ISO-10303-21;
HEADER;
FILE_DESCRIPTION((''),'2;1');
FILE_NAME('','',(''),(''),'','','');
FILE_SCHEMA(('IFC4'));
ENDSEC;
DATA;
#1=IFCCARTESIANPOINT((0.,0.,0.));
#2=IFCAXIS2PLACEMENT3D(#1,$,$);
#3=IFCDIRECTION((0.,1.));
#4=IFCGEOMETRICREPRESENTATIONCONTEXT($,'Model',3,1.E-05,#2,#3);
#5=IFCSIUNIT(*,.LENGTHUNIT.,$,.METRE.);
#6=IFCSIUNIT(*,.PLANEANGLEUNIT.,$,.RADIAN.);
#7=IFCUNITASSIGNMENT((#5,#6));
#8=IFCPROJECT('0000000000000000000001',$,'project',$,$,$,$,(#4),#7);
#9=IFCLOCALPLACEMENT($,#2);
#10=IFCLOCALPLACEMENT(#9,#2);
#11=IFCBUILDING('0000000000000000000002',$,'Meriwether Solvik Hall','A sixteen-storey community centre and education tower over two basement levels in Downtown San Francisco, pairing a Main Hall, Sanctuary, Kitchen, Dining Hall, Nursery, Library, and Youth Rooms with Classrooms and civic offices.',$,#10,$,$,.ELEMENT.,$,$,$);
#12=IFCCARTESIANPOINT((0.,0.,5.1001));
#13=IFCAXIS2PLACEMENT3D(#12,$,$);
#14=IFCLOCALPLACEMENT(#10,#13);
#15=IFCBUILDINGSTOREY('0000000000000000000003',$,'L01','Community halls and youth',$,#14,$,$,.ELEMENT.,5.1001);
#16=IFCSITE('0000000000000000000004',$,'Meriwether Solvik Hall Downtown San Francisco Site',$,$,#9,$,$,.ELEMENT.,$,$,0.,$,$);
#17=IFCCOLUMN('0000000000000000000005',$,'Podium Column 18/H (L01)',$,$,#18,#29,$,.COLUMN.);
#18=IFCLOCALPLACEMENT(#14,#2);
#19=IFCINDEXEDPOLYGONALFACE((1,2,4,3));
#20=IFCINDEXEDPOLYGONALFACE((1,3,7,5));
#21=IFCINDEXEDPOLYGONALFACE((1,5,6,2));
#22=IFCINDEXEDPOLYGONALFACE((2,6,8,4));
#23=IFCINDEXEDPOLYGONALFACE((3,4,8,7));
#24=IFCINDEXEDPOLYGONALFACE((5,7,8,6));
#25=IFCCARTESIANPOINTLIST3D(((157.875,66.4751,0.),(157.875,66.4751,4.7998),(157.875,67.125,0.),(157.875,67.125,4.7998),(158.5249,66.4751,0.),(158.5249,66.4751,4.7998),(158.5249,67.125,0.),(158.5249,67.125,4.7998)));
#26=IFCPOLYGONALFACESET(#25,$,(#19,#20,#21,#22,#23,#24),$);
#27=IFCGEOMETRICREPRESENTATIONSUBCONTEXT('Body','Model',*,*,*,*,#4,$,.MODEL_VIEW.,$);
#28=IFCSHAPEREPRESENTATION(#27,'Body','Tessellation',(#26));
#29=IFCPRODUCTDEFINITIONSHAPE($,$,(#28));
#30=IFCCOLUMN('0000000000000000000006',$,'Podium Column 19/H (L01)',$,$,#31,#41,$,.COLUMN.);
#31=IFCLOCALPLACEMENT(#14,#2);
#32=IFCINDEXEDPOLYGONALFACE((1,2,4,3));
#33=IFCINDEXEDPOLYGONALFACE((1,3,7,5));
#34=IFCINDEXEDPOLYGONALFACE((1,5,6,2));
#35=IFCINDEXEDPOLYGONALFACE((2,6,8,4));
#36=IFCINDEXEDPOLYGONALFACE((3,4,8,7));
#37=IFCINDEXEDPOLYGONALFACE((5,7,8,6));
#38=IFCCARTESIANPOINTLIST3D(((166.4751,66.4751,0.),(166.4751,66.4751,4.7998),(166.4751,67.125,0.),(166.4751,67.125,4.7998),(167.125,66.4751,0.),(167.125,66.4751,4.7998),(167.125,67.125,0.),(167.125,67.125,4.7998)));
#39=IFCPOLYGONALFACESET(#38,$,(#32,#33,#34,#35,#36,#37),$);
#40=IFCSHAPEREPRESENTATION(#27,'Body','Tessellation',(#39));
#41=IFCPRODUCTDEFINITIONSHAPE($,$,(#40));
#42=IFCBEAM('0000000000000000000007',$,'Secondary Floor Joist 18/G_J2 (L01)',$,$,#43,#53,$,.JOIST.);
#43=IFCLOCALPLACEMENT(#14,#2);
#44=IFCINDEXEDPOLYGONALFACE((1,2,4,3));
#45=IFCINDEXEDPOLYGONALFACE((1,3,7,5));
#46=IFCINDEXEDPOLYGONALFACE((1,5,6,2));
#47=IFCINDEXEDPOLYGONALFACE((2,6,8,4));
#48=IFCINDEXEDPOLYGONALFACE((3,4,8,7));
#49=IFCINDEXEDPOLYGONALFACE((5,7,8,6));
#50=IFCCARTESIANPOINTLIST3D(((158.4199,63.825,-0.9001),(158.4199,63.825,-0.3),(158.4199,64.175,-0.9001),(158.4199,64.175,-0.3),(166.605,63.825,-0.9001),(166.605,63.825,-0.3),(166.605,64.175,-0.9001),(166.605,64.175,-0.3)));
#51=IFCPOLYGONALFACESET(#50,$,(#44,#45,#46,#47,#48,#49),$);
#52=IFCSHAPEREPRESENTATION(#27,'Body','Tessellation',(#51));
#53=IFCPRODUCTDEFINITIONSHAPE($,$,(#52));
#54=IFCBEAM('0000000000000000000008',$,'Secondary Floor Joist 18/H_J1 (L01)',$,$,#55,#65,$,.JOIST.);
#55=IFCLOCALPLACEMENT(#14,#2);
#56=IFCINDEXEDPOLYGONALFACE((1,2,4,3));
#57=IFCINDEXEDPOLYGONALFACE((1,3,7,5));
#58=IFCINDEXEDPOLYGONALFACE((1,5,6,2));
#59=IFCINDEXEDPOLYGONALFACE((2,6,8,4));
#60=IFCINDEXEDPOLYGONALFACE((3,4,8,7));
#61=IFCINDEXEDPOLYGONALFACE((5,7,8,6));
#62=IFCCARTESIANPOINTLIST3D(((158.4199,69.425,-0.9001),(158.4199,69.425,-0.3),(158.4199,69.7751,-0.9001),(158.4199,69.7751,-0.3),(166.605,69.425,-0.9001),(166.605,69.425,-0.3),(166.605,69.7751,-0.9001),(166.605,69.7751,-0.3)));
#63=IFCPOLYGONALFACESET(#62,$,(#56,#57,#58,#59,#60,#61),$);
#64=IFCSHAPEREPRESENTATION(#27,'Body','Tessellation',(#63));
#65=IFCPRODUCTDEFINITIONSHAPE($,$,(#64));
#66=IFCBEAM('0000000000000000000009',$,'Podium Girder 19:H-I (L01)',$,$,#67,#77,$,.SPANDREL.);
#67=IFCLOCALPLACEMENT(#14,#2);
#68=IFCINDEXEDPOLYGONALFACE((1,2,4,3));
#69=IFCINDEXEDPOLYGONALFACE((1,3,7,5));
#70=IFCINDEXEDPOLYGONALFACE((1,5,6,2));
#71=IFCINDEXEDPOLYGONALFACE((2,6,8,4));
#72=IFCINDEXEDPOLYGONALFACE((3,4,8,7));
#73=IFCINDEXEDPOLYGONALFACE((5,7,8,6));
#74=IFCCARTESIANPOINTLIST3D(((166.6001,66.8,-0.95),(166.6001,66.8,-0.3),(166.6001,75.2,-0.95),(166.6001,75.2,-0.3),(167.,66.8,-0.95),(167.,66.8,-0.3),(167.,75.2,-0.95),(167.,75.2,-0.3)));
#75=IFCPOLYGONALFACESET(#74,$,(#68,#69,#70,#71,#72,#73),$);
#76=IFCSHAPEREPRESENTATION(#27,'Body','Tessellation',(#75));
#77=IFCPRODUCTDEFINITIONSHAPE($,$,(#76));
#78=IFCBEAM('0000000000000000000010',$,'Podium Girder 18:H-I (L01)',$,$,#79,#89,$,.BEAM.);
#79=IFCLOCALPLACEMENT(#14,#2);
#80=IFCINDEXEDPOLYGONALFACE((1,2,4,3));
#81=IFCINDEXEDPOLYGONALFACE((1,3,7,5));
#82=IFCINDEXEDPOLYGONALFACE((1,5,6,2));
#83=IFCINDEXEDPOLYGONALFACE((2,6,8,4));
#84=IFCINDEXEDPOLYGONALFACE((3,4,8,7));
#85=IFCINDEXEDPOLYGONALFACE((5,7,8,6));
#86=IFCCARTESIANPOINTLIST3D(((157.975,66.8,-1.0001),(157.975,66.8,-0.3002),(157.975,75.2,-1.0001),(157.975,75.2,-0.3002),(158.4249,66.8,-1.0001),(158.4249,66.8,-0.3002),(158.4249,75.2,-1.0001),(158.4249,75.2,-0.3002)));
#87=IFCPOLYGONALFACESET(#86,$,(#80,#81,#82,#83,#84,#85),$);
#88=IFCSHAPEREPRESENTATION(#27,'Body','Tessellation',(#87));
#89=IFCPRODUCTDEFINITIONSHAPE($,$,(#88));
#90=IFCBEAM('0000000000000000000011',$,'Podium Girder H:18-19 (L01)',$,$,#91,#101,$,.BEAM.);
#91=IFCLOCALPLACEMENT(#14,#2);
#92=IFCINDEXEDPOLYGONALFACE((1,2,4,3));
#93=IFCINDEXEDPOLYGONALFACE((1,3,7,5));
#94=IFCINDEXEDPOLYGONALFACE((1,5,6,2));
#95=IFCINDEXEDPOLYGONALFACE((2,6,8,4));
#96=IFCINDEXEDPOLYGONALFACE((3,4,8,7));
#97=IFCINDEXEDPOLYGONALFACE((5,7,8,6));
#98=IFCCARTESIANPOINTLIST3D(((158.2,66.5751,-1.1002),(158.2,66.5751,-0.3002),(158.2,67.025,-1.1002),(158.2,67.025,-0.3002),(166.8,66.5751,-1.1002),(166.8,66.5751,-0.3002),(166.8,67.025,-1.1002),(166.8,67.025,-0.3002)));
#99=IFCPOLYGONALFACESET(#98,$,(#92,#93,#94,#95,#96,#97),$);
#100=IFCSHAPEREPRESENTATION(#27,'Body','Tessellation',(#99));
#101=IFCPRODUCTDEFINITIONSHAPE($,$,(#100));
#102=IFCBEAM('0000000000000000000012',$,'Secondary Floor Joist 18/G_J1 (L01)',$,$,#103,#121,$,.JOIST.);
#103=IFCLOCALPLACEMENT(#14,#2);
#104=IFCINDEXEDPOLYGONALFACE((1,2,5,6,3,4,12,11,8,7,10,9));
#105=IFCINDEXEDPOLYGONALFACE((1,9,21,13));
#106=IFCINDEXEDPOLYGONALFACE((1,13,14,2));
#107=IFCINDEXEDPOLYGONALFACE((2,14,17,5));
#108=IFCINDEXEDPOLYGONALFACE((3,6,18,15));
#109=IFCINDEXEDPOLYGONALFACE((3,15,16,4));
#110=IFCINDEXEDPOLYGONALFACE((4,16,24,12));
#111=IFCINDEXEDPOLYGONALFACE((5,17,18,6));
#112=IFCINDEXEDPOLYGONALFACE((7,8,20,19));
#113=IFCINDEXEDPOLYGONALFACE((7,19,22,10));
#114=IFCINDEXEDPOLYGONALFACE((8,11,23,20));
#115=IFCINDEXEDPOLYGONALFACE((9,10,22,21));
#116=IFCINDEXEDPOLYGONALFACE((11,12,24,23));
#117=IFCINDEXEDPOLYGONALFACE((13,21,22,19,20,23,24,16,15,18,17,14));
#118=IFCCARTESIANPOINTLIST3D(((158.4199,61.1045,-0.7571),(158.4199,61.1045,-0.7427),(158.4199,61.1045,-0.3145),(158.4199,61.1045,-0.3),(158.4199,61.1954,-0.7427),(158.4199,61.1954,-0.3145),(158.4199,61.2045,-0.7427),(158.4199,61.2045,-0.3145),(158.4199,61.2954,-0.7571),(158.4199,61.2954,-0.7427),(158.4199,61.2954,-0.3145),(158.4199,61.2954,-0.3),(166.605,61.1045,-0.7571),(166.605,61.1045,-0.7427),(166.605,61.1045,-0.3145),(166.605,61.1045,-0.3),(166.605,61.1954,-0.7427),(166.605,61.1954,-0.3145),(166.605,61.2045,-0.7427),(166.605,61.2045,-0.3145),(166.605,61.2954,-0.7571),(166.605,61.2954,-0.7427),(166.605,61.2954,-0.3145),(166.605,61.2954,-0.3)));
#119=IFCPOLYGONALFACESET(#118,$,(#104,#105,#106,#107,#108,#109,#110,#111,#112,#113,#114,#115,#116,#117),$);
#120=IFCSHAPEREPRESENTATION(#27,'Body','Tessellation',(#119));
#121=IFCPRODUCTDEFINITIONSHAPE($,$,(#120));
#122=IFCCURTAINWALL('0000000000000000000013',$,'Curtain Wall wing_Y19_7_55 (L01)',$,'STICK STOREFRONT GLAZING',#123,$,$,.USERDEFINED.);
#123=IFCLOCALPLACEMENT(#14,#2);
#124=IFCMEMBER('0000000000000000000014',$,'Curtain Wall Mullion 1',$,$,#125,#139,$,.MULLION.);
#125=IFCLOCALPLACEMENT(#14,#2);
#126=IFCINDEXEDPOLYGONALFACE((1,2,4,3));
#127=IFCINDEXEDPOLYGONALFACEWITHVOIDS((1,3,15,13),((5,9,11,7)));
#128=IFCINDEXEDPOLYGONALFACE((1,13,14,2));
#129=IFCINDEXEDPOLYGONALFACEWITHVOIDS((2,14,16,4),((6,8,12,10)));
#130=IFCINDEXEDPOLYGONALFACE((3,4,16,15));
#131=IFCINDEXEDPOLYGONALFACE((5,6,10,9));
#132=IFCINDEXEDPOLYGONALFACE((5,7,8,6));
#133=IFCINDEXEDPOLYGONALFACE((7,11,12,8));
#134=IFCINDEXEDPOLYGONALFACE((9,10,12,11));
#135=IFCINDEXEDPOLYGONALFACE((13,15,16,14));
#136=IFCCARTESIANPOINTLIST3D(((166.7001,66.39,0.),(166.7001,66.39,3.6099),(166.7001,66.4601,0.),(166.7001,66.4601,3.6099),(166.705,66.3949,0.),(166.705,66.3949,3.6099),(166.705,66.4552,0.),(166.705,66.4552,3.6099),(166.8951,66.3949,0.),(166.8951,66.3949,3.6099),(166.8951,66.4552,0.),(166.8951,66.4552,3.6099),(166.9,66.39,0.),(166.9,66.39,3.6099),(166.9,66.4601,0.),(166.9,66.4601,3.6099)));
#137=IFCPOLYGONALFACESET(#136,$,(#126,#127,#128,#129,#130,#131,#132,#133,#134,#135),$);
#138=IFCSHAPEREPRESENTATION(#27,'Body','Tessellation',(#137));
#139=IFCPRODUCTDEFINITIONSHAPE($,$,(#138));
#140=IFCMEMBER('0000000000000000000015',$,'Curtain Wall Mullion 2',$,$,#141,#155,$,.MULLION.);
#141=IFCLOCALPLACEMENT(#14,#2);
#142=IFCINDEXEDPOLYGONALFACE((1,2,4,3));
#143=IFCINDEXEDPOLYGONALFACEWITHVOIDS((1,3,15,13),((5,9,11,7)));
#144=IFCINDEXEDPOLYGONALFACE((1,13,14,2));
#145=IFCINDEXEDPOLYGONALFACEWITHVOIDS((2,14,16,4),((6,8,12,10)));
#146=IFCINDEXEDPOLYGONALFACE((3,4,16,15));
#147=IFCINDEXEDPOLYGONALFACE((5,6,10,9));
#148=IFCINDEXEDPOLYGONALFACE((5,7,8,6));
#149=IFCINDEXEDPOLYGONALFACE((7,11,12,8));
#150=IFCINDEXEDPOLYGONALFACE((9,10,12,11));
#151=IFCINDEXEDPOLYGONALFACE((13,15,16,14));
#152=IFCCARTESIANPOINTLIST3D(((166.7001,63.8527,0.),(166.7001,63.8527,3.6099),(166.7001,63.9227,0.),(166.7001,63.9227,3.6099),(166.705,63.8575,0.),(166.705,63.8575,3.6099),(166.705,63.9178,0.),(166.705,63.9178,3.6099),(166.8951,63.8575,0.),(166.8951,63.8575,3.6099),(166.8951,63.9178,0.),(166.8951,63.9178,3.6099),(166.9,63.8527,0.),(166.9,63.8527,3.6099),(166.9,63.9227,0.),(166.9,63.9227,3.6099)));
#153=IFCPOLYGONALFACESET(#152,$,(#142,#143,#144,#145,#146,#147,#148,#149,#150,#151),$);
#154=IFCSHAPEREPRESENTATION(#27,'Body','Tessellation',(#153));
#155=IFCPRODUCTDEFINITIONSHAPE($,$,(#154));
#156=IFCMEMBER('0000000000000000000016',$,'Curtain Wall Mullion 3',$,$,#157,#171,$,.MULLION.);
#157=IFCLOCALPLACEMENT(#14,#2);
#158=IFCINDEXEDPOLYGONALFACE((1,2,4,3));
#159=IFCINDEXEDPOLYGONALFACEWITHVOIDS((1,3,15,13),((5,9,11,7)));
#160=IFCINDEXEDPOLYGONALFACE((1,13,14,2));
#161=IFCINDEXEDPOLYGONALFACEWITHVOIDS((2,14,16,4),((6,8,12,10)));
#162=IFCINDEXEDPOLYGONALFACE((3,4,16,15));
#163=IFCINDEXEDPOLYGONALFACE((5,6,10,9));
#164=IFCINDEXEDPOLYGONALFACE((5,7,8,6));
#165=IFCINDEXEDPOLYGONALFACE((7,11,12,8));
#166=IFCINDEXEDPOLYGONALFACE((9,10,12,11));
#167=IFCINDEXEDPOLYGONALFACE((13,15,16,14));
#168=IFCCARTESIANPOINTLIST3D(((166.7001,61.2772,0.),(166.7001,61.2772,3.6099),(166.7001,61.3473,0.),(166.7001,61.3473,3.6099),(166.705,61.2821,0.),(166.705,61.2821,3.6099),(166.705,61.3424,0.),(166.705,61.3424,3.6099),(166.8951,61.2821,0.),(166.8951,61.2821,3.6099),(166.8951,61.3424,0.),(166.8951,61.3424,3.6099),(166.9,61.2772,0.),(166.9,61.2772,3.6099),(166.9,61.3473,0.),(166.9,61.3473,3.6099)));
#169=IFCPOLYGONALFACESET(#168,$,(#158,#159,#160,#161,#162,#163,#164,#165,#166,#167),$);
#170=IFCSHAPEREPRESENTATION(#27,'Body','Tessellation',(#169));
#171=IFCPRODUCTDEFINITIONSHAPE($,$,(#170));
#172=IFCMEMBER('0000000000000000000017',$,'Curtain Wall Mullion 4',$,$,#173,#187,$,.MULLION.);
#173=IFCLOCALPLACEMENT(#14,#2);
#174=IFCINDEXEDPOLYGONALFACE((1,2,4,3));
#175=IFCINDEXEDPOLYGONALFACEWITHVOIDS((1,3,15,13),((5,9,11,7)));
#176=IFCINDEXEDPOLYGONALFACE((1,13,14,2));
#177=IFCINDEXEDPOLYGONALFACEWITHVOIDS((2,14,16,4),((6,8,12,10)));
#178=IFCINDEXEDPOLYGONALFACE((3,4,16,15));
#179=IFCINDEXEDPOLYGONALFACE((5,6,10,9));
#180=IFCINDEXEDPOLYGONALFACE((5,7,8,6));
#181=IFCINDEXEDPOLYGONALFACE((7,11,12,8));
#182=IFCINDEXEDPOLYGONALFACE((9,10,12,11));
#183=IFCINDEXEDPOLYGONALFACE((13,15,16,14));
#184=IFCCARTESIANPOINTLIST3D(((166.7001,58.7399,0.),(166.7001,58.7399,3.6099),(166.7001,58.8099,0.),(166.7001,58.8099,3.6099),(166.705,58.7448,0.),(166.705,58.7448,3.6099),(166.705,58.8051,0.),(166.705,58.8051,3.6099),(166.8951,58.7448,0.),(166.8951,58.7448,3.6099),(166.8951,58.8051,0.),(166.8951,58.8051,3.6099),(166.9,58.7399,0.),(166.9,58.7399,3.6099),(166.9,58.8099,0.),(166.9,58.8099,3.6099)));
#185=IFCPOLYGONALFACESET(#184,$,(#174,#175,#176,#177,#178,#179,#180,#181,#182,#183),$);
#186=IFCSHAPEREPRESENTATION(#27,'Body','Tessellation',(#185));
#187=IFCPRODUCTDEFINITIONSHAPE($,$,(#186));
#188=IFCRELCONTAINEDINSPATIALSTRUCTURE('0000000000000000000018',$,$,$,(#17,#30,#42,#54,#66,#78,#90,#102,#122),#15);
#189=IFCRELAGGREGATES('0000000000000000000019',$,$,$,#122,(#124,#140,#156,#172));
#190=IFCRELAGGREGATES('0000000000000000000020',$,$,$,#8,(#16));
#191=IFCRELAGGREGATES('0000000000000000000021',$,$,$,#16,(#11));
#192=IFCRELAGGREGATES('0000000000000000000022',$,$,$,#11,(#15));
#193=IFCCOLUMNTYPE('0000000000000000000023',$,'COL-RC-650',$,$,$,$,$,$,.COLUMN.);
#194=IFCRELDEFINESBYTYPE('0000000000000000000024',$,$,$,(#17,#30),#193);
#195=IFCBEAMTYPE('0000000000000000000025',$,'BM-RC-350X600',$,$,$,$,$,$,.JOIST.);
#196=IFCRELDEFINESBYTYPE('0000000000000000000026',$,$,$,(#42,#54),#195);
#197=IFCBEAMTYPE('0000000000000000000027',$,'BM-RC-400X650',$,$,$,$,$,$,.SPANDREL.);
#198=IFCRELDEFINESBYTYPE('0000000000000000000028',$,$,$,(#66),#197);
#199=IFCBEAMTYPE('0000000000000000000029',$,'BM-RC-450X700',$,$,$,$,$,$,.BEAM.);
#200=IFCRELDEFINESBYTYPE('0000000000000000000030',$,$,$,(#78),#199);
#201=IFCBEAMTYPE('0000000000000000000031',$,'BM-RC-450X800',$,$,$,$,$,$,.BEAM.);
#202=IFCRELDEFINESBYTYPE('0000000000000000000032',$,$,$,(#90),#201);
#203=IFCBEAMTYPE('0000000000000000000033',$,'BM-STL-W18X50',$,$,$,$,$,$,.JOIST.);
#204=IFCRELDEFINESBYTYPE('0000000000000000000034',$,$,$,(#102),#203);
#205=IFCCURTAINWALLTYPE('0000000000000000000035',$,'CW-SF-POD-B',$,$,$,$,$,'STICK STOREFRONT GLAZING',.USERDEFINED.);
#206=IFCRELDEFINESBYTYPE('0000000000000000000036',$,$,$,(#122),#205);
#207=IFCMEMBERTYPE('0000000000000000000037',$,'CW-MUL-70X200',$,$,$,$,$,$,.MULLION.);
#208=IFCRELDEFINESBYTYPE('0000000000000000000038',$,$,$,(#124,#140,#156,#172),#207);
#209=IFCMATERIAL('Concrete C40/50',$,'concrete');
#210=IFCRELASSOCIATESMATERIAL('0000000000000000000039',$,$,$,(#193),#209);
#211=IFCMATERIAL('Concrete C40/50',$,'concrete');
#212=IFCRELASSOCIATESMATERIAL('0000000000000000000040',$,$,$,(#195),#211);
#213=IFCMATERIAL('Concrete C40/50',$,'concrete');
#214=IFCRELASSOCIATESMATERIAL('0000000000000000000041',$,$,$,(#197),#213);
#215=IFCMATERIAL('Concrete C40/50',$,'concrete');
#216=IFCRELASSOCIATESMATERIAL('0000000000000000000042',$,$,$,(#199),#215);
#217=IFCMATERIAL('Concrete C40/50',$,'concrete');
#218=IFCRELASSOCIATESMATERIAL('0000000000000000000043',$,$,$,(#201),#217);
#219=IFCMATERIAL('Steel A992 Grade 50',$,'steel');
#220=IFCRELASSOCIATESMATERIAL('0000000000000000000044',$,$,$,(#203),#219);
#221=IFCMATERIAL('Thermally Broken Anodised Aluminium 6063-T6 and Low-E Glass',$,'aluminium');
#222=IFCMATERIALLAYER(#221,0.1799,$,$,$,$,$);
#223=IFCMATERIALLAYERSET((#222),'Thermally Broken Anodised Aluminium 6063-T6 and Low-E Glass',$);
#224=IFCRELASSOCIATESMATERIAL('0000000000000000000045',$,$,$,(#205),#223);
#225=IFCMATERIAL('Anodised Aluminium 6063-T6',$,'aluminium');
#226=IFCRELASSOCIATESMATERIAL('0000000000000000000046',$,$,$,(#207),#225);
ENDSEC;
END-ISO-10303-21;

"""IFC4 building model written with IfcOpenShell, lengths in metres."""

from ifc_helpers import new_model, si_unit, direction, frame, origin, origin_2d, place, context, subcontext, project, spatial, rectangle, hollow_rectangle, i_section, extrude, material, layer, layer_set, material_profile, profile_set, type_object, element, aggregate, save


model = new_model("IFC4")

# Units and contexts
model_context = context("Model", 3, precision=1e-05, world=origin(), true_north=direction((0.0, 1.0)))
body_context = subcontext(model_context, "Body", "Model", "MODEL_VIEW")
ifc_project = project(units=[si_unit("LENGTHUNIT", "METRE"), si_unit("PLANEANGLEUNIT", "RADIAN")], contexts=[model_context])

# Site, building, storey
site_placement = place(None, origin())
site = spatial("IfcSite", under=ifc_project, at=site_placement, Name="Meriwether Solvik Hall Downtown San Francisco Site", CompositionType="ELEMENT", RefElevation=0.0)
building_placement = place(site_placement, origin())
building = spatial("IfcBuilding", under=site, at=building_placement, Name="Meriwether Solvik Hall", Description="A sixteen-storey community centre and education tower over two basement levels in Downtown San Francisco, pairing a Main Hall, Sanctuary, Kitchen, Dining Hall, Nursery, Library, and Youth Rooms with Classrooms and civic offices.", CompositionType="ELEMENT")
storey_placement = place(building_placement, frame((0.0, 0.0, 5.1001)))
storey = spatial("IfcBuildingStorey", under=building, at=storey_placement, Name="L01", Description="Community halls and youth", CompositionType="ELEMENT", Elevation=5.1001)

# Columns
ifc_material_1 = material(Name="Concrete C40/50", Category="concrete")
ifc_material_profile_1 = material_profile(ifc_material_1, rectangle(XDim=0.6499, YDim=0.6499, at=origin_2d()), Name="RCC-650X650")
ifc_profile_set_1 = profile_set([ifc_material_profile_1], Name="Concrete C40/50")
column_type = type_object("IfcColumnType", Name="COL-RC-650", PredefinedType="COLUMN", material=ifc_profile_set_1)
for number, where, z_axis, x_axis, name in (
    (1, (158.2, 66.8, 0.0), (0.0, 0.0, 1.0), (1.0, 0.0, 0.0), "Podium Column 18/H (L01)"),
    (2, (166.8, 66.8, 0.0), (0.0, 0.0, 1.0), (1.0, 0.0, 0.0), "Podium Column 19/H (L01)"),
):
    element("IfcColumn", number, at=place(storey_placement, frame(where, z_axis=z_axis, x_axis=x_axis)), inside=storey, type_object=column_type, Name=name, PredefinedType="COLUMN", context=body_context, shape_type="SweptSolid", body=[
        extrude(rectangle(XDim=0.6499, YDim=0.6499, at=origin_2d()), origin(), (0.0, 0.0, 1.0), 4.7998),
    ])

# Beams
ifc_material_2 = material(Name="Concrete C40/50", Category="concrete")
ifc_material_profile_2 = material_profile(ifc_material_2, rectangle(XDim=0.3501, YDim=0.6001, at=origin_2d()), Name="RCB-350X600")
ifc_profile_set_2 = profile_set([ifc_material_profile_2], Name="Concrete C40/50")
beam_type_1 = type_object("IfcBeamType", Name="BM-RC-350X600", PredefinedType="JOIST", material=ifc_profile_set_2)
for number, where, z_axis, x_axis, name in (
    (3, (158.4199, 64.0, -0.6001), (1.0, 0.0, 0.0), (0.0, 1.0, 0.0), "Secondary Floor Joist 18/G_J2 (L01)"),
    (4, (158.4199, 69.6001, -0.6001), (1.0, 0.0, 0.0), (0.0, 1.0, 0.0), "Secondary Floor Joist 18/H_J1 (L01)"),
):
    element("IfcBeam", number, at=place(storey_placement, frame(where, z_axis=z_axis, x_axis=x_axis)), inside=storey, type_object=beam_type_1, Name=name, PredefinedType="JOIST", context=body_context, shape_type="SweptSolid", body=[
        extrude(rectangle(XDim=0.3501, YDim=0.6001, at=origin_2d()), origin(), (0.0, 0.0, 1.0), 8.1851),
    ])
ifc_material_3 = material(Name="Concrete C40/50", Category="concrete")
ifc_material_profile_3 = material_profile(ifc_material_3, rectangle(XDim=0.3999, YDim=0.6499, at=origin_2d()), Name="RCB-400X650")
ifc_profile_set_3 = profile_set([ifc_material_profile_3], Name="Concrete C40/50")
beam_type_2 = type_object("IfcBeamType", Name="BM-RC-400X650", PredefinedType="SPANDREL", material=ifc_profile_set_3)
beam_1_placement = place(storey_placement, frame((166.8, 66.8, -0.625), z_axis=(0.0, 1.0, 0.0), x_axis=(-1.0, 0.0, 0.0)))
element("IfcBeam", 5, at=beam_1_placement, inside=storey, type_object=beam_type_2, Name="Podium Girder 19:H-I (L01)", PredefinedType="SPANDREL", context=body_context, shape_type="SweptSolid", body=[
    extrude(rectangle(XDim=0.3999, YDim=0.6499, at=origin_2d()), origin(), (0.0, 0.0, 1.0), 8.3999),
])
ifc_material_4 = material(Name="Concrete C40/50", Category="concrete")
ifc_material_profile_4 = material_profile(ifc_material_4, rectangle(XDim=0.45, YDim=0.7, at=origin_2d()), Name="RCB-450X700")
ifc_profile_set_4 = profile_set([ifc_material_profile_4], Name="Concrete C40/50")
beam_type_3 = type_object("IfcBeamType", Name="BM-RC-450X700", PredefinedType="BEAM", material=ifc_profile_set_4)
beam_2_placement = place(storey_placement, frame((158.2, 66.8, -0.6501), z_axis=(0.0, 1.0, 0.0), x_axis=(-1.0, 0.0, 0.0)))
element("IfcBeam", 6, at=beam_2_placement, inside=storey, type_object=beam_type_3, Name="Podium Girder 18:H-I (L01)", PredefinedType="BEAM", context=body_context, shape_type="SweptSolid", body=[
    extrude(rectangle(XDim=0.45, YDim=0.7, at=origin_2d()), origin(), (0.0, 0.0, 1.0), 8.3999),
])
ifc_material_5 = material(Name="Concrete C40/50", Category="concrete")
ifc_material_profile_5 = material_profile(ifc_material_5, rectangle(XDim=0.45, YDim=0.8, at=origin_2d()), Name="RCB-450X800")
ifc_profile_set_5 = profile_set([ifc_material_profile_5], Name="Concrete C40/50")
beam_type_4 = type_object("IfcBeamType", Name="BM-RC-450X800", PredefinedType="BEAM", material=ifc_profile_set_5)
beam_3_placement = place(storey_placement, frame((158.2, 66.8, -0.7002), z_axis=(1.0, 0.0, 0.0), x_axis=(0.0, 1.0, 0.0)))
element("IfcBeam", 7, at=beam_3_placement, inside=storey, type_object=beam_type_4, Name="Podium Girder H:18-19 (L01)", PredefinedType="BEAM", context=body_context, shape_type="SweptSolid", body=[
    extrude(rectangle(XDim=0.45, YDim=0.8, at=origin_2d()), origin(), (0.0, 0.0, 1.0), 8.6001),
])
ifc_material_6 = material(Name="Steel A992 Grade 50", Category="steel")
ifc_material_profile_6 = material_profile(ifc_material_6, i_section(OverallWidth=0.1909, OverallDepth=0.457, WebThickness=0.009, FlangeThickness=0.0144, at=origin_2d()), Name="W18X50")
ifc_profile_set_6 = profile_set([ifc_material_profile_6], Name="Steel A992 Grade 50")
beam_type_5 = type_object("IfcBeamType", Name="BM-STL-W18X50", PredefinedType="JOIST", material=ifc_profile_set_6)
beam_4_placement = place(storey_placement, frame((158.4199, 61.2, -0.5286), z_axis=(1.0, 0.0, 0.0), x_axis=(0.0, 1.0, 0.0)))
element("IfcBeam", 8, at=beam_4_placement, inside=storey, type_object=beam_type_5, Name="Secondary Floor Joist 18/G_J1 (L01)", PredefinedType="JOIST", context=body_context, shape_type="SweptSolid", body=[
    extrude(i_section(OverallWidth=0.1909, OverallDepth=0.457, WebThickness=0.009, FlangeThickness=0.0144, at=origin_2d()), origin(), (0.0, 0.0, 1.0), 8.1851),
])

# Curtain wall, members
ifc_material_7 = material(Name="Thermally Broken Anodised Aluminium 6063-T6 and Low-E Glass", Category="aluminium")
ifc_layer_1 = layer(ifc_material_7, 0.1799)
ifc_layer_set_1 = layer_set([ifc_layer_1], Name="Thermally Broken Anodised Aluminium 6063-T6 and Low-E Glass")
curtain_wall_type = type_object("IfcCurtainWallType", Name="CW-SF-POD-B", ElementType="STICK STOREFRONT GLAZING", PredefinedType="USERDEFINED", material=ifc_layer_set_1)
curtain_wall_placement = place(storey_placement, origin())
curtain_wall = element("IfcCurtainWall", 9, at=curtain_wall_placement, inside=storey, type_object=curtain_wall_type, Name="Curtain Wall wing_Y19_7_55 (L01)", ObjectType="STICK STOREFRONT GLAZING", PredefinedType="USERDEFINED")
ifc_material_8 = material(Name="Anodised Aluminium 6063-T6", Category="aluminium")
ifc_material_profile_7 = material_profile(ifc_material_8, hollow_rectangle(XDim=0.0701, YDim=0.2, WallThickness=0.0049, at=origin_2d()), Name="CWM-70X200")
ifc_profile_set_7 = profile_set([ifc_material_profile_7], Name="Anodised Aluminium 6063-T6")
member_type_1 = type_object("IfcMemberType", Name="CW-MUL-70X200", PredefinedType="MULLION", material=ifc_profile_set_7)
member_1_placement = place(storey_placement, frame((166.8, 66.425, 0.0), z_axis=(0.0, 0.0, 1.0), x_axis=(0.0, -1.0, 0.0)))
member_1 = element("IfcMember", 10, at=member_1_placement, type_object=member_type_1, Name="Curtain Wall Mullion 1", PredefinedType="MULLION", context=body_context, shape_type="SweptSolid", body=[
    extrude(hollow_rectangle(XDim=0.0701, YDim=0.2, WallThickness=0.0049, at=origin_2d()), origin(), (0.0, 0.0, 1.0), 3.6099),
])
member_2_placement = place(storey_placement, frame((166.8, 63.8877, 0.0), z_axis=(0.0, 0.0, 1.0), x_axis=(0.0, -1.0, 0.0)))
member_2 = element("IfcMember", 11, at=member_2_placement, type_object=member_type_1, Name="Curtain Wall Mullion 2", PredefinedType="MULLION", context=body_context, shape_type="SweptSolid", body=[
    extrude(hollow_rectangle(XDim=0.0701, YDim=0.2, WallThickness=0.0049, at=origin_2d()), origin(), (0.0, 0.0, 1.0), 3.6099),
])
member_3_placement = place(storey_placement, frame((166.8, 61.3123, 0.0), z_axis=(0.0, 0.0, 1.0), x_axis=(0.0, -1.0, 0.0)))
member_3 = element("IfcMember", 12, at=member_3_placement, type_object=member_type_1, Name="Curtain Wall Mullion 3", PredefinedType="MULLION", context=body_context, shape_type="SweptSolid", body=[
    extrude(hollow_rectangle(XDim=0.0701, YDim=0.2, WallThickness=0.0049, at=origin_2d()), origin(), (0.0, 0.0, 1.0), 3.6099),
])
member_4_placement = place(storey_placement, frame((166.8, 58.7749, 0.0), z_axis=(0.0, 0.0, 1.0), x_axis=(0.0, -1.0, 0.0)))
member_4 = element("IfcMember", 13, at=member_4_placement, type_object=member_type_1, Name="Curtain Wall Mullion 4", PredefinedType="MULLION", context=body_context, shape_type="SweptSolid", body=[
    extrude(hollow_rectangle(XDim=0.0701, YDim=0.2, WallThickness=0.0049, at=origin_2d()), origin(), (0.0, 0.0, 1.0), 3.6099),
])
aggregate(curtain_wall, [member_1, member_2, member_3, member_4])

save(model, "model.ifc")
